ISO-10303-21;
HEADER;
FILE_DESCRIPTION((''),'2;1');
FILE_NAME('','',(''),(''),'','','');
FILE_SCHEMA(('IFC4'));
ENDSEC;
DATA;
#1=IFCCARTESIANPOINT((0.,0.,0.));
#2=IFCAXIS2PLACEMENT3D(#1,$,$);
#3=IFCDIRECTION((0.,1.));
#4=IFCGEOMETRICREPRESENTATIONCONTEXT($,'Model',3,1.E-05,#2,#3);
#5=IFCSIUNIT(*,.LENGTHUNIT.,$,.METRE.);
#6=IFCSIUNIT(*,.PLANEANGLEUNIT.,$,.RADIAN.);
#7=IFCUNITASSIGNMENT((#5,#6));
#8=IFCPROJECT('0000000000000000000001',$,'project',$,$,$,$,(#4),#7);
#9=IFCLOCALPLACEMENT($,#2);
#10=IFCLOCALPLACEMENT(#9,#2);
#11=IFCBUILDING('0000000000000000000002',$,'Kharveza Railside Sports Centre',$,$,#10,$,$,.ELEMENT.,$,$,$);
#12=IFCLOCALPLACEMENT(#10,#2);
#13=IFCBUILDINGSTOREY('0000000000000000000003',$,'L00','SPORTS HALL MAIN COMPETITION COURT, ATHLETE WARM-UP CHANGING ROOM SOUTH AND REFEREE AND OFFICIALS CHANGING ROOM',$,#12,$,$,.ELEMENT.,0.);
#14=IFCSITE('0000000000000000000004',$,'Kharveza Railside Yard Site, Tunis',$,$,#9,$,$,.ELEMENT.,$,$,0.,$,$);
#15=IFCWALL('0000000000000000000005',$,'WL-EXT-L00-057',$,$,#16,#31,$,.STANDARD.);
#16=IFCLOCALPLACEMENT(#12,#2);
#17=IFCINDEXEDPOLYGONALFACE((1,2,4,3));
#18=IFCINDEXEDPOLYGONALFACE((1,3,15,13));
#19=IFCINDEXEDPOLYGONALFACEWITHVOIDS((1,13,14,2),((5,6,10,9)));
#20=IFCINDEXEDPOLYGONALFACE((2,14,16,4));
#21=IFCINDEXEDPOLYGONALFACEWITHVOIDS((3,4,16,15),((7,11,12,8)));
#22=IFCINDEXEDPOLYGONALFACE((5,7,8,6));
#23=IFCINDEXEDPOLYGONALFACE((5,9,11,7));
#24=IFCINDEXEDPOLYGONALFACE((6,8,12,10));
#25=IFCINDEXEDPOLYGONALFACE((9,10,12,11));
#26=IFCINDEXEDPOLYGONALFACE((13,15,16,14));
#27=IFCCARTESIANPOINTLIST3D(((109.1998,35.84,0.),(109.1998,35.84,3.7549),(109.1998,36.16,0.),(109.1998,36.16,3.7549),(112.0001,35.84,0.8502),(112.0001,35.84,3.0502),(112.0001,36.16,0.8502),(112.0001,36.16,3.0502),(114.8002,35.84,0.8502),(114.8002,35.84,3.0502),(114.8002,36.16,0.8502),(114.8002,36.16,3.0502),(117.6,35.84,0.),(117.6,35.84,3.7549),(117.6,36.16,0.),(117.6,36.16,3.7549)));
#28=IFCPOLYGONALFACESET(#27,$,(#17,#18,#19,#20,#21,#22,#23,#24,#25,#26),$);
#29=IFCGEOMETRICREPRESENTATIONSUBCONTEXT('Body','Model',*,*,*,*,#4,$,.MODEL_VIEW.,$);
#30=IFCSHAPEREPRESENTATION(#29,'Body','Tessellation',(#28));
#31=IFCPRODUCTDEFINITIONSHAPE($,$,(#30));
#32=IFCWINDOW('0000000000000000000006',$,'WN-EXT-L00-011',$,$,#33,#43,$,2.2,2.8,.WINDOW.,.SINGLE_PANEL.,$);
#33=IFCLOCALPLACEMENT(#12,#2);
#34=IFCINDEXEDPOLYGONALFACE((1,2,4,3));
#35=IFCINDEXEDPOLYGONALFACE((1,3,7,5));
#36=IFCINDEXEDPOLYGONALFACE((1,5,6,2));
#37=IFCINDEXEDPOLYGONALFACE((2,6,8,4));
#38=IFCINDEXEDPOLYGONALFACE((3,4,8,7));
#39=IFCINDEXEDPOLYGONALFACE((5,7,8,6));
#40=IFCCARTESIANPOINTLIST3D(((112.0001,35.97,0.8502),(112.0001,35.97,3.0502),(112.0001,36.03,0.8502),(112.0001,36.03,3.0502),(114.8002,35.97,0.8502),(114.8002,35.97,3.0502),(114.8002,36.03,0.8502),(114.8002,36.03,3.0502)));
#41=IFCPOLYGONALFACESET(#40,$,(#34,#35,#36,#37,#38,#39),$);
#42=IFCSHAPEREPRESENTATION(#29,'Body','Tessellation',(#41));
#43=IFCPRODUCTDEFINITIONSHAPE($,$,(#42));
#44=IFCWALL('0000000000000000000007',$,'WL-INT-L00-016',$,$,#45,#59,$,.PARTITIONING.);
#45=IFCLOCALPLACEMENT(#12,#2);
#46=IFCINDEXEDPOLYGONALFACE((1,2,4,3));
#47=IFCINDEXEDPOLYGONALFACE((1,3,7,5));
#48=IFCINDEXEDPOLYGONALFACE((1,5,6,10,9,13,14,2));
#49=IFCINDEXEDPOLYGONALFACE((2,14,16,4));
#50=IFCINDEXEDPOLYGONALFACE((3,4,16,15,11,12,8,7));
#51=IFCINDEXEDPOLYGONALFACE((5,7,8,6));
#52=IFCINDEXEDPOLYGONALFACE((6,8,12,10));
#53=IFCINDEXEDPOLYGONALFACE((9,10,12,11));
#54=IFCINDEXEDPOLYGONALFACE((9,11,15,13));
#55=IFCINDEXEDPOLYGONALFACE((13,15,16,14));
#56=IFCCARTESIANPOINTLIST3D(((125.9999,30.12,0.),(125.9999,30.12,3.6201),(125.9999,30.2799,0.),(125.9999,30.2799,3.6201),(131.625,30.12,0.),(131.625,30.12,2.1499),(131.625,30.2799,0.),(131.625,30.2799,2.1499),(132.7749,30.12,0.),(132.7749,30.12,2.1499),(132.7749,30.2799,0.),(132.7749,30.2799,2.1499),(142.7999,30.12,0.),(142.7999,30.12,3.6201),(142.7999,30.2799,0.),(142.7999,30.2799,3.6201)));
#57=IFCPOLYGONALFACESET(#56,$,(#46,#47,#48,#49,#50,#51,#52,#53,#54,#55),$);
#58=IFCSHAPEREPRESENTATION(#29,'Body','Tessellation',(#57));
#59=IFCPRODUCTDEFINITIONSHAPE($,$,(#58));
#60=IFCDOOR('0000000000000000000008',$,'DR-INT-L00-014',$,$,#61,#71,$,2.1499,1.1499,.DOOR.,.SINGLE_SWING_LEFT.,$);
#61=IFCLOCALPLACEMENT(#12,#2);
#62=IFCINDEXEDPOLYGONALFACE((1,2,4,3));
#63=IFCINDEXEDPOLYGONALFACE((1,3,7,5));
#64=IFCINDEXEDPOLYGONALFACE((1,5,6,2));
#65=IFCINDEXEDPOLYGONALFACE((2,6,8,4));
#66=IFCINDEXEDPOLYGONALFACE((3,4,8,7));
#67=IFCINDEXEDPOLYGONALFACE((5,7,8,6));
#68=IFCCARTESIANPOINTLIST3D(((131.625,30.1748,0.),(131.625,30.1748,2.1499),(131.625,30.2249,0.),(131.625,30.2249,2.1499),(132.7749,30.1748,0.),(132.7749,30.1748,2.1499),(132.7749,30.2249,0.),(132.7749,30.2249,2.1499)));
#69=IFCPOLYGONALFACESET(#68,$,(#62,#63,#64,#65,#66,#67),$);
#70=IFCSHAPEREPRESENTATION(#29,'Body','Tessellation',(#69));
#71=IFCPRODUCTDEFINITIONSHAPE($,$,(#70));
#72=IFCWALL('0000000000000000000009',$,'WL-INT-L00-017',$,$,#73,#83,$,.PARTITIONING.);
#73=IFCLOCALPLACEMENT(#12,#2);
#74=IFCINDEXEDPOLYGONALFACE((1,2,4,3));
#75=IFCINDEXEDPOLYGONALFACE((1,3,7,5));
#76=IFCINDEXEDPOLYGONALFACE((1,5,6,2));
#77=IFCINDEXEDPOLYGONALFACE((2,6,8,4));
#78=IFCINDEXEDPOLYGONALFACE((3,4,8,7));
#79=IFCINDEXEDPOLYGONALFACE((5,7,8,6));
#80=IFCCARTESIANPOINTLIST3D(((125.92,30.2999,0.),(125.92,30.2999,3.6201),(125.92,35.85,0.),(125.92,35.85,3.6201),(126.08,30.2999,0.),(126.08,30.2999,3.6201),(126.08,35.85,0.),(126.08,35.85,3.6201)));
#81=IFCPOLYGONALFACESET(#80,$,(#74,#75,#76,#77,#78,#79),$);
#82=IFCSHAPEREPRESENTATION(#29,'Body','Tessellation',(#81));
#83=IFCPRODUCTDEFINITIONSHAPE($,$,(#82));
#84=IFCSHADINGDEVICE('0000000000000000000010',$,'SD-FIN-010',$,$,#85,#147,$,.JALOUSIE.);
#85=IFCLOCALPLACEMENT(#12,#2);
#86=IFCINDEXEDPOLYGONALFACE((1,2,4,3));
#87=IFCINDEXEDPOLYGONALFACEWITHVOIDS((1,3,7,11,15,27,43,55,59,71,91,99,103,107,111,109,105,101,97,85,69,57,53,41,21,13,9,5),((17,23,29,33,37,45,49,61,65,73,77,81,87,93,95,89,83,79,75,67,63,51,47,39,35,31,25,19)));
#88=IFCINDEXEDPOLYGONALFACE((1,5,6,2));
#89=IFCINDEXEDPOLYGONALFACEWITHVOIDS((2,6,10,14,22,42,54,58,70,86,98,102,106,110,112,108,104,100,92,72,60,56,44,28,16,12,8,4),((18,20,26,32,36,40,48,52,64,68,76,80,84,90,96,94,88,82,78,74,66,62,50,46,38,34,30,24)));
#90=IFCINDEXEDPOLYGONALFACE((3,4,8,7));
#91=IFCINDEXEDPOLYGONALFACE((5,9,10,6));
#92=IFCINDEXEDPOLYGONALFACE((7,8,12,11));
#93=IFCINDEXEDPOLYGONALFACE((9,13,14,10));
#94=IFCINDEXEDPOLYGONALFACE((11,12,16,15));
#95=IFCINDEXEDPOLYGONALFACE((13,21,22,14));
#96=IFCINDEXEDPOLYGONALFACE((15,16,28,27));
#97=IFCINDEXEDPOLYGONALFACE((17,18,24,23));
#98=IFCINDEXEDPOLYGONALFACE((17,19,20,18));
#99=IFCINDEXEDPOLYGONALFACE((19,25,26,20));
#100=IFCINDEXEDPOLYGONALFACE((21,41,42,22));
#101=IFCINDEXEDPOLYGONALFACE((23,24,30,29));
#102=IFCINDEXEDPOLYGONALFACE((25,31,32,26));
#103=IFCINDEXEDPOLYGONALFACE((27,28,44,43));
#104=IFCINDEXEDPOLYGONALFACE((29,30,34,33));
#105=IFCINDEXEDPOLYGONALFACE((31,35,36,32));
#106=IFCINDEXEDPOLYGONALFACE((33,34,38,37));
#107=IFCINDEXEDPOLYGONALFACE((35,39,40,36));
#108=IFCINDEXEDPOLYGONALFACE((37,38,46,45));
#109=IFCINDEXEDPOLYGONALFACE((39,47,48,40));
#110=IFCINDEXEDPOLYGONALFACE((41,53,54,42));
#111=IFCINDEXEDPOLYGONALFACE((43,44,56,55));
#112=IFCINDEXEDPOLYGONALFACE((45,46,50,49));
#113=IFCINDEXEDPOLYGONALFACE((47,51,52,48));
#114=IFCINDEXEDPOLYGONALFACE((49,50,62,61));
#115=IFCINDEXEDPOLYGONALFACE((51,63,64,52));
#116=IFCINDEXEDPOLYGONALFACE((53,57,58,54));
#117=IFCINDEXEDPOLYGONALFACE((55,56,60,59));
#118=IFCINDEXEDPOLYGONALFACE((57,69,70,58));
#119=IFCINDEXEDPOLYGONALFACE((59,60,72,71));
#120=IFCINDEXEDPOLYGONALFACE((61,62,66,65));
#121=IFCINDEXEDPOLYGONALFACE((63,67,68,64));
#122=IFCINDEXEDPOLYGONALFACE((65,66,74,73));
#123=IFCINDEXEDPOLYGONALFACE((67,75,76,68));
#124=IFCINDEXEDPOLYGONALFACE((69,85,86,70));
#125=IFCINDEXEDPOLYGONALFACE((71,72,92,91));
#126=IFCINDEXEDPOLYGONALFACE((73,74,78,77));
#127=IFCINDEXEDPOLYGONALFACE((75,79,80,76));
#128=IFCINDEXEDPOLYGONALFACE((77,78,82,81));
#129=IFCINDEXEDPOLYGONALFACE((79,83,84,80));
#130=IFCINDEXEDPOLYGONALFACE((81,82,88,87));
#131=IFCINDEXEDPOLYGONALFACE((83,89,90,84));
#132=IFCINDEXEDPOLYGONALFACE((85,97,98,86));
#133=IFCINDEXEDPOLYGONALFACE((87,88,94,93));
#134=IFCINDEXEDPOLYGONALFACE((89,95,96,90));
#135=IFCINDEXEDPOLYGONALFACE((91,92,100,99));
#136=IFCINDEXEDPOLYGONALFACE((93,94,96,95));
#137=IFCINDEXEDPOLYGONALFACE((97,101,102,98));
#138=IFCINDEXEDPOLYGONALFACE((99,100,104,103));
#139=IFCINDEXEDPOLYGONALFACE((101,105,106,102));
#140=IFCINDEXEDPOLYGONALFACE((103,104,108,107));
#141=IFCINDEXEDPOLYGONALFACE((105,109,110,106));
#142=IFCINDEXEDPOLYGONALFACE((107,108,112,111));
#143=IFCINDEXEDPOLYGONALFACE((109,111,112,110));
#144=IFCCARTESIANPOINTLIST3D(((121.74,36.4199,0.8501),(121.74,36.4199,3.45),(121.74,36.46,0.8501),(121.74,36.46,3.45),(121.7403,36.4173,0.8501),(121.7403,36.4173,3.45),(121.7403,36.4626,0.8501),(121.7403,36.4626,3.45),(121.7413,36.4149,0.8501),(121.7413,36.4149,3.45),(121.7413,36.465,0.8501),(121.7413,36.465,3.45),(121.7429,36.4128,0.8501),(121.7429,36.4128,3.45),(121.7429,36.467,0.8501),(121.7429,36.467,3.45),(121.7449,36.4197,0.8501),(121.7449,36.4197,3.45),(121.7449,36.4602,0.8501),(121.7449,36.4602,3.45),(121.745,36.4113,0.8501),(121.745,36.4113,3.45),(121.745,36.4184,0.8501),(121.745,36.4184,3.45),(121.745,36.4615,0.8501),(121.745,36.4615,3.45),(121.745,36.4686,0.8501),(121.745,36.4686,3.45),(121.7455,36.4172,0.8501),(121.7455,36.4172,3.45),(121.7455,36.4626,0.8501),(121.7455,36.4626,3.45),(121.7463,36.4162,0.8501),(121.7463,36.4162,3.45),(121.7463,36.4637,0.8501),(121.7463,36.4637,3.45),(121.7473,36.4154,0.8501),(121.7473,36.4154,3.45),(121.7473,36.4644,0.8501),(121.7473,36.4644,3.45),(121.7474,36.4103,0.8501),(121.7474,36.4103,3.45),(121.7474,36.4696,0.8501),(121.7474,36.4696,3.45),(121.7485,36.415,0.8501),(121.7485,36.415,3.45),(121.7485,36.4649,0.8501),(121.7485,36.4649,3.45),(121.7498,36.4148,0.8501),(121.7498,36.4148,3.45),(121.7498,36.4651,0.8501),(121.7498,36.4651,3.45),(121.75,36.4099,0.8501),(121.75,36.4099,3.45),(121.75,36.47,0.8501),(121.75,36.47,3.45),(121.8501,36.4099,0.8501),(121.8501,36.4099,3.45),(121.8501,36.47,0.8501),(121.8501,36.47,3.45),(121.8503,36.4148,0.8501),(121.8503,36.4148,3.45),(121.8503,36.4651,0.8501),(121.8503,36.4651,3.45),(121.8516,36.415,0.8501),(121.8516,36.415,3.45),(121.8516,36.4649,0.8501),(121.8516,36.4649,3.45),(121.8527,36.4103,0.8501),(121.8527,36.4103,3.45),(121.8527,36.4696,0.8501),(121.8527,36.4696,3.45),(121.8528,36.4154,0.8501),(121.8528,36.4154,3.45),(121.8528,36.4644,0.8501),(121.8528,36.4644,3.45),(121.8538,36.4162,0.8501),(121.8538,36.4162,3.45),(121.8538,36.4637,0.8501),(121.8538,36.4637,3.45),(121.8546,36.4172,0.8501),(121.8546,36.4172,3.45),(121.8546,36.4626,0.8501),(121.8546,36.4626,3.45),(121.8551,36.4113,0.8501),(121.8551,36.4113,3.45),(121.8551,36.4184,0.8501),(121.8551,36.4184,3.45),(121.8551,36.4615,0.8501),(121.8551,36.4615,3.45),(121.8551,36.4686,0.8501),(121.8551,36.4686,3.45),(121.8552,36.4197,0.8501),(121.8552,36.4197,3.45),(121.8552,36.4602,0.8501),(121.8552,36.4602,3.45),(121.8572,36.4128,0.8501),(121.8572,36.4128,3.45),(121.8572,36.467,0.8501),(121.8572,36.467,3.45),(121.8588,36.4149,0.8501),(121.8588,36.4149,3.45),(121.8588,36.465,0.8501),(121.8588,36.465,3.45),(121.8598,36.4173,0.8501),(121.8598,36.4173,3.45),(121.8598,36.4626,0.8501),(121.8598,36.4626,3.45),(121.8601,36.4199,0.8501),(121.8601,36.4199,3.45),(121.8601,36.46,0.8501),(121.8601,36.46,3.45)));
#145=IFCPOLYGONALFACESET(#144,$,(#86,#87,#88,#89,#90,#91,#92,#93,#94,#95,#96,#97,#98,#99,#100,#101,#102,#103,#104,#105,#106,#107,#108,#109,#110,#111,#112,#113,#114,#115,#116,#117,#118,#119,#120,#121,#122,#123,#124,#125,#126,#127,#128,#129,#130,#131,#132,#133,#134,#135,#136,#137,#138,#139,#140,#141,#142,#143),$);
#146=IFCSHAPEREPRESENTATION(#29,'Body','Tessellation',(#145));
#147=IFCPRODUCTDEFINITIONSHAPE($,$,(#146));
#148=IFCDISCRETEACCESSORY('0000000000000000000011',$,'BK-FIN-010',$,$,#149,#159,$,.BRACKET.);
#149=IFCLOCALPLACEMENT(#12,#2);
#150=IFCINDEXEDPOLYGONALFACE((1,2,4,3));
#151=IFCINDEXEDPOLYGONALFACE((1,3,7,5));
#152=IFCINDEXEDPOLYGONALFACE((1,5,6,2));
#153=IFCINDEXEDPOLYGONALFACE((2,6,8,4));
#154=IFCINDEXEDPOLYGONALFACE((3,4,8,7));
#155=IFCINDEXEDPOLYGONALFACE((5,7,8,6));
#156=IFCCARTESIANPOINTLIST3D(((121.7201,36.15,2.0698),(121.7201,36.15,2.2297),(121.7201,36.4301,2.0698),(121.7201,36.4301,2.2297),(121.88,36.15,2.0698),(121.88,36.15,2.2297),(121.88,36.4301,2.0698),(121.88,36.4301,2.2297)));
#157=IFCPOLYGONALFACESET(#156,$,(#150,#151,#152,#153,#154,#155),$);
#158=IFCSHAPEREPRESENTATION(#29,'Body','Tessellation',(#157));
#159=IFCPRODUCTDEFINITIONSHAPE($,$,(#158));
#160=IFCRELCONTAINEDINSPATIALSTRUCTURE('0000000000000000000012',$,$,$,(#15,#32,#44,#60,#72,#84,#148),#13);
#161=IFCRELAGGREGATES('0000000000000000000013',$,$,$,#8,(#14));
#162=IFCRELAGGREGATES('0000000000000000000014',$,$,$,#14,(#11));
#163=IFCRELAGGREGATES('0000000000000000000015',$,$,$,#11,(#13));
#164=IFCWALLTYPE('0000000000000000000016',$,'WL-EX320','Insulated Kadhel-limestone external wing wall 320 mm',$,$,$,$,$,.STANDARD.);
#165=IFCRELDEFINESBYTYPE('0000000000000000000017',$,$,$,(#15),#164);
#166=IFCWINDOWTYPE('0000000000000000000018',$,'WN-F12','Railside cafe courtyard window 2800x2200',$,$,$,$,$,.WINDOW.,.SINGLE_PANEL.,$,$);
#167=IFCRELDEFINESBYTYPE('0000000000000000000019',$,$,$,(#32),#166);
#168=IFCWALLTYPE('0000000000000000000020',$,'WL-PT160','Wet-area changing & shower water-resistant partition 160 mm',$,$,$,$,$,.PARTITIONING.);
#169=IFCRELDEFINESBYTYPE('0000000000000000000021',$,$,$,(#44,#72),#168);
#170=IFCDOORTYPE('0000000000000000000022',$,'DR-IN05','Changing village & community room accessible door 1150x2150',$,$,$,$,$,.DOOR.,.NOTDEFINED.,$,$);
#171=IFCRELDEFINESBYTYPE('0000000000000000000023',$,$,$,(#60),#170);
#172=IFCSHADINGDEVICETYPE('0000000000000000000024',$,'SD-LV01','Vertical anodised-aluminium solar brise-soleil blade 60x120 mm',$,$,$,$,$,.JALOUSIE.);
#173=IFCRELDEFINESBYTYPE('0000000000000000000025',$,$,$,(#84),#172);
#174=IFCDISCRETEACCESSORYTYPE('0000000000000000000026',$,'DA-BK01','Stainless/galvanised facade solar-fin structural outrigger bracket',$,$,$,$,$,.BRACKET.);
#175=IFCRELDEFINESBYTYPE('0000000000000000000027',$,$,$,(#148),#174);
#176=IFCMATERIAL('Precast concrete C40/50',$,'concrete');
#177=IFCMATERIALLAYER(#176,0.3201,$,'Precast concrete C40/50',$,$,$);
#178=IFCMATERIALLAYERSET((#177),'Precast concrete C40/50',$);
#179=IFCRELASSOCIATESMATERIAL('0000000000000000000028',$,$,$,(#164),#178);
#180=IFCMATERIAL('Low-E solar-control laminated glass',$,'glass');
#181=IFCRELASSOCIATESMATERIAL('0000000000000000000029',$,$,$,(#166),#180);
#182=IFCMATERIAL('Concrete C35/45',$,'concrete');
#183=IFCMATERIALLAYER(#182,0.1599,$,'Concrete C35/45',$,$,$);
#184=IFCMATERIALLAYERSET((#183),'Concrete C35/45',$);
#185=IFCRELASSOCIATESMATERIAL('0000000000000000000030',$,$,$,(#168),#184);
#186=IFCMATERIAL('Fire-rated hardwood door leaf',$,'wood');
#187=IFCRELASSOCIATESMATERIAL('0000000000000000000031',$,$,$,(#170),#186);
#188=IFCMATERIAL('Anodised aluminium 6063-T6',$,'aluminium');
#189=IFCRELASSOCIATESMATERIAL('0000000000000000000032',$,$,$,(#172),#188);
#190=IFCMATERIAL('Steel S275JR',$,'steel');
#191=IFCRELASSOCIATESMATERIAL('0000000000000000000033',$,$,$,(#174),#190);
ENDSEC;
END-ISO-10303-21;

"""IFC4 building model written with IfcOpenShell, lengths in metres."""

from ifc_helpers import new_model, si_unit, direction, frame, frame_2d, origin, origin_2d, place, context, subcontext, project, spatial, rectangle, hollow_rectangle, extrude, material, layer, layer_set, material_profile, profile_set, type_object, element, fill, save


model = new_model("IFC4")

# Units and contexts
model_context = context("Model", 3, precision=1e-05, world=origin(), true_north=direction((0.0, 1.0)))
body_context = subcontext(model_context, "Body", "Model", "MODEL_VIEW")
ifc_project = project(units=[si_unit("LENGTHUNIT", "METRE"), si_unit("PLANEANGLEUNIT", "RADIAN")], contexts=[model_context])

# Site, building, storey
site_placement = place(None, origin())
site = spatial("IfcSite", under=ifc_project, at=site_placement, Name="Kharveza Railside Yard Site, Tunis", CompositionType="ELEMENT", RefElevation=0.0)
building_placement = place(site_placement, origin())
building = spatial("IfcBuilding", under=site, at=building_placement, Name="Kharveza Railside Sports Centre", CompositionType="ELEMENT")
storey_placement = place(building_placement, origin())
storey = spatial("IfcBuildingStorey", under=building, at=storey_placement, Name="L00", Description="SPORTS HALL MAIN COMPETITION COURT, ATHLETE WARM-UP CHANGING ROOM SOUTH AND REFEREE AND OFFICIALS CHANGING ROOM", CompositionType="ELEMENT", Elevation=0.0)

# Shared definitions
ifc_material_1 = material(Name="Concrete C35/45", Category="concrete")

# Wall, opening, window
ifc_material_2 = material(Name="Precast concrete C40/50", Category="concrete")
ifc_layer_1 = layer(ifc_material_2, 0.3201, Name="Precast concrete C40/50")
ifc_layer_set_1 = layer_set([ifc_layer_1], Name="Precast concrete C40/50")
wall_type_1 = type_object("IfcWallType", Name="WL-EX320", Description="Insulated Kadhel-limestone external wing wall 320 mm", PredefinedType="STANDARD", material=ifc_layer_set_1)
wall_1_placement = place(storey_placement, frame((117.6001, 36.0, 0.0), z_axis=(0.0, 0.0, 1.0), x_axis=(-1.0, 0.0, 0.0)))
wall_1 = element("IfcWall", 1, at=wall_1_placement, inside=storey, type_object=wall_type_1, Name="WL-EXT-L00-057", PredefinedType="STANDARD", context=body_context, shape_type="SweptSolid", body=[
    extrude(rectangle(XDim=8.4001, YDim=0.3201, at=frame_2d((4.2002, 0.0))), origin(), (0.0, 0.0, 1.0), 3.7549),
])
opening_1_placement = place(wall_1_placement, frame((2.8, 0.0, 0.8501)))
opening_1 = element("IfcOpeningElement", 2, at=opening_1_placement, cuts=wall_1, PredefinedType="OPENING", context=body_context, shape_type="SweptSolid", body=[
    extrude(rectangle(XDim=2.8, YDim=2.2, at=frame_2d((1.3999, 1.1001))), frame((0.0, 0.1851, 0.0), z_axis=(0.0, -1.0, 0.0), x_axis=(1.0, 0.0, 0.0)), (0.0, 0.0, 1.0), 0.3699),
])
ifc_material_3 = material(Name="Low-E solar-control laminated glass", Category="glass")
window_type = type_object("IfcWindowType", Name="WN-F12", Description="Railside cafe courtyard window 2800x2200", PartitioningType="SINGLE_PANEL", PredefinedType="WINDOW", material=ifc_material_3)
window_placement = place(opening_1_placement, origin())
window = element("IfcWindow", 3, at=window_placement, inside=storey, type_object=window_type, Name="WN-EXT-L00-011", OverallHeight=2.2, OverallWidth=2.8, PartitioningType="SINGLE_PANEL", PredefinedType="WINDOW", context=body_context, shape_type="SweptSolid", body=[
    extrude(rectangle(XDim=2.8, YDim=2.2, at=frame_2d((1.3999, 1.1001))), frame((0.0, 0.03, 0.0), z_axis=(0.0, -1.0, 0.0), x_axis=(1.0, 0.0, 0.0)), (0.0, 0.0, 1.0), 0.0601),
])
fill(opening_1, window)

# Wall, opening, door
ifc_layer_2 = layer(ifc_material_1, 0.1599, Name="Concrete C35/45")
ifc_layer_set_2 = layer_set([ifc_layer_2], Name="Concrete C35/45")
wall_type_2 = type_object("IfcWallType", Name="WL-PT160", Description="Wet-area changing & shower water-resistant partition 160 mm", PredefinedType="PARTITIONING", material=ifc_layer_set_2)
wall_2_placement = place(storey_placement, frame((126.0, 30.2, 0.0), z_axis=(0.0, 0.0, 1.0), x_axis=(1.0, 0.0, 0.0)))
wall_2 = element("IfcWall", 4, at=wall_2_placement, inside=storey, type_object=wall_type_2, Name="WL-INT-L00-016", PredefinedType="PARTITIONING", context=body_context, shape_type="SweptSolid", body=[
    extrude(rectangle(XDim=16.8, YDim=0.1599, at=frame_2d((8.3999, 0.0))), origin(), (0.0, 0.0, 1.0), 3.6201),
])
opening_2_placement = place(wall_2_placement, frame((5.625, 0.0, 0.0)))
opening_2 = element("IfcOpeningElement", 5, at=opening_2_placement, cuts=wall_2, PredefinedType="OPENING", context=body_context, shape_type="SweptSolid", body=[
    extrude(rectangle(XDim=1.1499, YDim=2.1499, at=frame_2d((0.575, 1.075))), frame((0.0, 0.105, 0.0), z_axis=(0.0, -1.0, 0.0), x_axis=(1.0, 0.0, 0.0)), (0.0, 0.0, 1.0), 0.2097),
])
ifc_material_4 = material(Name="Fire-rated hardwood door leaf", Category="wood")
door_type = type_object("IfcDoorType", Name="DR-IN05", Description="Changing village & community room accessible door 1150x2150", OperationType="NOTDEFINED", PredefinedType="DOOR", material=ifc_material_4)
door_placement = place(opening_2_placement, origin())
door = element("IfcDoor", 6, at=door_placement, inside=storey, type_object=door_type, Name="DR-INT-L00-014", OperationType="SINGLE_SWING_LEFT", OverallHeight=2.1499, OverallWidth=1.1499, PredefinedType="DOOR", context=body_context, shape_type="SweptSolid", body=[
    extrude(rectangle(XDim=1.1499, YDim=2.1499, at=frame_2d((0.575, 1.075))), frame((0.0, 0.0249, 0.0), z_axis=(0.0, -1.0, 0.0), x_axis=(1.0, 0.0, 0.0)), (0.0, 0.0, 1.0), 0.05),
])
fill(opening_2, door)

# Wall
wall_3_placement = place(storey_placement, frame((126.0, 30.3, 0.0), z_axis=(0.0, 0.0, 1.0), x_axis=(0.0, 1.0, 0.0)))
element("IfcWall", 7, at=wall_3_placement, inside=storey, type_object=wall_type_2, Name="WL-INT-L00-017", PredefinedType="PARTITIONING", context=body_context, shape_type="SweptSolid", body=[
    extrude(rectangle(XDim=5.55, YDim=0.1599, at=frame_2d((2.7749, 0.0))), origin(), (0.0, 0.0, 1.0), 3.6201),
])

# Shading device
ifc_material_5 = material(Name="Anodised aluminium 6063-T6", Category="aluminium")
ifc_material_profile_1 = material_profile(ifc_material_5, hollow_rectangle(XDim=0.0601, YDim=0.1201, WallThickness=0.0049, InnerFilletRadius=0.0049, OuterFilletRadius=0.01, at=origin_2d()), Name="RHS 60x120x5.0")
ifc_profile_set_1 = profile_set([ifc_material_profile_1], Name="Anodised aluminium 6063-T6")
shading_device_type = type_object("IfcShadingDeviceType", Name="SD-LV01", Description="Vertical anodised-aluminium solar brise-soleil blade 60x120 mm", PredefinedType="JALOUSIE", material=ifc_profile_set_1)
shading_device_placement = place(storey_placement, frame((121.8, 36.4399, 0.8501), z_axis=(0.0, 0.0, 1.0), x_axis=(0.0, 1.0, 0.0)))
element("IfcShadingDevice", 8, at=shading_device_placement, inside=storey, type_object=shading_device_type, Name="SD-FIN-010", PredefinedType="JALOUSIE", context=body_context, shape_type="SweptSolid", body=[
    extrude(hollow_rectangle(XDim=0.0601, YDim=0.1201, WallThickness=0.0049, InnerFilletRadius=0.0049, OuterFilletRadius=0.01, at=origin_2d()), origin(), (0.0, 0.0, 1.0), 2.5999),
])

# Discrete accessory
ifc_material_6 = material(Name="Steel S275JR", Category="steel")
discrete_accessory_type = type_object("IfcDiscreteAccessoryType", Name="DA-BK01", Description="Stainless/galvanised facade solar-fin structural outrigger bracket", PredefinedType="BRACKET", material=ifc_material_6)
discrete_accessory_placement = place(storey_placement, frame((121.8, 36.29, 2.0698), z_axis=(0.0, 0.0, 1.0), x_axis=(0.0, 1.0, 0.0)))
element("IfcDiscreteAccessory", 9, at=discrete_accessory_placement, inside=storey, type_object=discrete_accessory_type, Name="BK-FIN-010", PredefinedType="BRACKET", context=body_context, shape_type="SweptSolid", body=[
    extrude(rectangle(XDim=0.28, YDim=0.1599, at=origin_2d()), origin(), (0.0, 0.0, 1.0), 0.1599),
])

save(model, "model.ifc")
